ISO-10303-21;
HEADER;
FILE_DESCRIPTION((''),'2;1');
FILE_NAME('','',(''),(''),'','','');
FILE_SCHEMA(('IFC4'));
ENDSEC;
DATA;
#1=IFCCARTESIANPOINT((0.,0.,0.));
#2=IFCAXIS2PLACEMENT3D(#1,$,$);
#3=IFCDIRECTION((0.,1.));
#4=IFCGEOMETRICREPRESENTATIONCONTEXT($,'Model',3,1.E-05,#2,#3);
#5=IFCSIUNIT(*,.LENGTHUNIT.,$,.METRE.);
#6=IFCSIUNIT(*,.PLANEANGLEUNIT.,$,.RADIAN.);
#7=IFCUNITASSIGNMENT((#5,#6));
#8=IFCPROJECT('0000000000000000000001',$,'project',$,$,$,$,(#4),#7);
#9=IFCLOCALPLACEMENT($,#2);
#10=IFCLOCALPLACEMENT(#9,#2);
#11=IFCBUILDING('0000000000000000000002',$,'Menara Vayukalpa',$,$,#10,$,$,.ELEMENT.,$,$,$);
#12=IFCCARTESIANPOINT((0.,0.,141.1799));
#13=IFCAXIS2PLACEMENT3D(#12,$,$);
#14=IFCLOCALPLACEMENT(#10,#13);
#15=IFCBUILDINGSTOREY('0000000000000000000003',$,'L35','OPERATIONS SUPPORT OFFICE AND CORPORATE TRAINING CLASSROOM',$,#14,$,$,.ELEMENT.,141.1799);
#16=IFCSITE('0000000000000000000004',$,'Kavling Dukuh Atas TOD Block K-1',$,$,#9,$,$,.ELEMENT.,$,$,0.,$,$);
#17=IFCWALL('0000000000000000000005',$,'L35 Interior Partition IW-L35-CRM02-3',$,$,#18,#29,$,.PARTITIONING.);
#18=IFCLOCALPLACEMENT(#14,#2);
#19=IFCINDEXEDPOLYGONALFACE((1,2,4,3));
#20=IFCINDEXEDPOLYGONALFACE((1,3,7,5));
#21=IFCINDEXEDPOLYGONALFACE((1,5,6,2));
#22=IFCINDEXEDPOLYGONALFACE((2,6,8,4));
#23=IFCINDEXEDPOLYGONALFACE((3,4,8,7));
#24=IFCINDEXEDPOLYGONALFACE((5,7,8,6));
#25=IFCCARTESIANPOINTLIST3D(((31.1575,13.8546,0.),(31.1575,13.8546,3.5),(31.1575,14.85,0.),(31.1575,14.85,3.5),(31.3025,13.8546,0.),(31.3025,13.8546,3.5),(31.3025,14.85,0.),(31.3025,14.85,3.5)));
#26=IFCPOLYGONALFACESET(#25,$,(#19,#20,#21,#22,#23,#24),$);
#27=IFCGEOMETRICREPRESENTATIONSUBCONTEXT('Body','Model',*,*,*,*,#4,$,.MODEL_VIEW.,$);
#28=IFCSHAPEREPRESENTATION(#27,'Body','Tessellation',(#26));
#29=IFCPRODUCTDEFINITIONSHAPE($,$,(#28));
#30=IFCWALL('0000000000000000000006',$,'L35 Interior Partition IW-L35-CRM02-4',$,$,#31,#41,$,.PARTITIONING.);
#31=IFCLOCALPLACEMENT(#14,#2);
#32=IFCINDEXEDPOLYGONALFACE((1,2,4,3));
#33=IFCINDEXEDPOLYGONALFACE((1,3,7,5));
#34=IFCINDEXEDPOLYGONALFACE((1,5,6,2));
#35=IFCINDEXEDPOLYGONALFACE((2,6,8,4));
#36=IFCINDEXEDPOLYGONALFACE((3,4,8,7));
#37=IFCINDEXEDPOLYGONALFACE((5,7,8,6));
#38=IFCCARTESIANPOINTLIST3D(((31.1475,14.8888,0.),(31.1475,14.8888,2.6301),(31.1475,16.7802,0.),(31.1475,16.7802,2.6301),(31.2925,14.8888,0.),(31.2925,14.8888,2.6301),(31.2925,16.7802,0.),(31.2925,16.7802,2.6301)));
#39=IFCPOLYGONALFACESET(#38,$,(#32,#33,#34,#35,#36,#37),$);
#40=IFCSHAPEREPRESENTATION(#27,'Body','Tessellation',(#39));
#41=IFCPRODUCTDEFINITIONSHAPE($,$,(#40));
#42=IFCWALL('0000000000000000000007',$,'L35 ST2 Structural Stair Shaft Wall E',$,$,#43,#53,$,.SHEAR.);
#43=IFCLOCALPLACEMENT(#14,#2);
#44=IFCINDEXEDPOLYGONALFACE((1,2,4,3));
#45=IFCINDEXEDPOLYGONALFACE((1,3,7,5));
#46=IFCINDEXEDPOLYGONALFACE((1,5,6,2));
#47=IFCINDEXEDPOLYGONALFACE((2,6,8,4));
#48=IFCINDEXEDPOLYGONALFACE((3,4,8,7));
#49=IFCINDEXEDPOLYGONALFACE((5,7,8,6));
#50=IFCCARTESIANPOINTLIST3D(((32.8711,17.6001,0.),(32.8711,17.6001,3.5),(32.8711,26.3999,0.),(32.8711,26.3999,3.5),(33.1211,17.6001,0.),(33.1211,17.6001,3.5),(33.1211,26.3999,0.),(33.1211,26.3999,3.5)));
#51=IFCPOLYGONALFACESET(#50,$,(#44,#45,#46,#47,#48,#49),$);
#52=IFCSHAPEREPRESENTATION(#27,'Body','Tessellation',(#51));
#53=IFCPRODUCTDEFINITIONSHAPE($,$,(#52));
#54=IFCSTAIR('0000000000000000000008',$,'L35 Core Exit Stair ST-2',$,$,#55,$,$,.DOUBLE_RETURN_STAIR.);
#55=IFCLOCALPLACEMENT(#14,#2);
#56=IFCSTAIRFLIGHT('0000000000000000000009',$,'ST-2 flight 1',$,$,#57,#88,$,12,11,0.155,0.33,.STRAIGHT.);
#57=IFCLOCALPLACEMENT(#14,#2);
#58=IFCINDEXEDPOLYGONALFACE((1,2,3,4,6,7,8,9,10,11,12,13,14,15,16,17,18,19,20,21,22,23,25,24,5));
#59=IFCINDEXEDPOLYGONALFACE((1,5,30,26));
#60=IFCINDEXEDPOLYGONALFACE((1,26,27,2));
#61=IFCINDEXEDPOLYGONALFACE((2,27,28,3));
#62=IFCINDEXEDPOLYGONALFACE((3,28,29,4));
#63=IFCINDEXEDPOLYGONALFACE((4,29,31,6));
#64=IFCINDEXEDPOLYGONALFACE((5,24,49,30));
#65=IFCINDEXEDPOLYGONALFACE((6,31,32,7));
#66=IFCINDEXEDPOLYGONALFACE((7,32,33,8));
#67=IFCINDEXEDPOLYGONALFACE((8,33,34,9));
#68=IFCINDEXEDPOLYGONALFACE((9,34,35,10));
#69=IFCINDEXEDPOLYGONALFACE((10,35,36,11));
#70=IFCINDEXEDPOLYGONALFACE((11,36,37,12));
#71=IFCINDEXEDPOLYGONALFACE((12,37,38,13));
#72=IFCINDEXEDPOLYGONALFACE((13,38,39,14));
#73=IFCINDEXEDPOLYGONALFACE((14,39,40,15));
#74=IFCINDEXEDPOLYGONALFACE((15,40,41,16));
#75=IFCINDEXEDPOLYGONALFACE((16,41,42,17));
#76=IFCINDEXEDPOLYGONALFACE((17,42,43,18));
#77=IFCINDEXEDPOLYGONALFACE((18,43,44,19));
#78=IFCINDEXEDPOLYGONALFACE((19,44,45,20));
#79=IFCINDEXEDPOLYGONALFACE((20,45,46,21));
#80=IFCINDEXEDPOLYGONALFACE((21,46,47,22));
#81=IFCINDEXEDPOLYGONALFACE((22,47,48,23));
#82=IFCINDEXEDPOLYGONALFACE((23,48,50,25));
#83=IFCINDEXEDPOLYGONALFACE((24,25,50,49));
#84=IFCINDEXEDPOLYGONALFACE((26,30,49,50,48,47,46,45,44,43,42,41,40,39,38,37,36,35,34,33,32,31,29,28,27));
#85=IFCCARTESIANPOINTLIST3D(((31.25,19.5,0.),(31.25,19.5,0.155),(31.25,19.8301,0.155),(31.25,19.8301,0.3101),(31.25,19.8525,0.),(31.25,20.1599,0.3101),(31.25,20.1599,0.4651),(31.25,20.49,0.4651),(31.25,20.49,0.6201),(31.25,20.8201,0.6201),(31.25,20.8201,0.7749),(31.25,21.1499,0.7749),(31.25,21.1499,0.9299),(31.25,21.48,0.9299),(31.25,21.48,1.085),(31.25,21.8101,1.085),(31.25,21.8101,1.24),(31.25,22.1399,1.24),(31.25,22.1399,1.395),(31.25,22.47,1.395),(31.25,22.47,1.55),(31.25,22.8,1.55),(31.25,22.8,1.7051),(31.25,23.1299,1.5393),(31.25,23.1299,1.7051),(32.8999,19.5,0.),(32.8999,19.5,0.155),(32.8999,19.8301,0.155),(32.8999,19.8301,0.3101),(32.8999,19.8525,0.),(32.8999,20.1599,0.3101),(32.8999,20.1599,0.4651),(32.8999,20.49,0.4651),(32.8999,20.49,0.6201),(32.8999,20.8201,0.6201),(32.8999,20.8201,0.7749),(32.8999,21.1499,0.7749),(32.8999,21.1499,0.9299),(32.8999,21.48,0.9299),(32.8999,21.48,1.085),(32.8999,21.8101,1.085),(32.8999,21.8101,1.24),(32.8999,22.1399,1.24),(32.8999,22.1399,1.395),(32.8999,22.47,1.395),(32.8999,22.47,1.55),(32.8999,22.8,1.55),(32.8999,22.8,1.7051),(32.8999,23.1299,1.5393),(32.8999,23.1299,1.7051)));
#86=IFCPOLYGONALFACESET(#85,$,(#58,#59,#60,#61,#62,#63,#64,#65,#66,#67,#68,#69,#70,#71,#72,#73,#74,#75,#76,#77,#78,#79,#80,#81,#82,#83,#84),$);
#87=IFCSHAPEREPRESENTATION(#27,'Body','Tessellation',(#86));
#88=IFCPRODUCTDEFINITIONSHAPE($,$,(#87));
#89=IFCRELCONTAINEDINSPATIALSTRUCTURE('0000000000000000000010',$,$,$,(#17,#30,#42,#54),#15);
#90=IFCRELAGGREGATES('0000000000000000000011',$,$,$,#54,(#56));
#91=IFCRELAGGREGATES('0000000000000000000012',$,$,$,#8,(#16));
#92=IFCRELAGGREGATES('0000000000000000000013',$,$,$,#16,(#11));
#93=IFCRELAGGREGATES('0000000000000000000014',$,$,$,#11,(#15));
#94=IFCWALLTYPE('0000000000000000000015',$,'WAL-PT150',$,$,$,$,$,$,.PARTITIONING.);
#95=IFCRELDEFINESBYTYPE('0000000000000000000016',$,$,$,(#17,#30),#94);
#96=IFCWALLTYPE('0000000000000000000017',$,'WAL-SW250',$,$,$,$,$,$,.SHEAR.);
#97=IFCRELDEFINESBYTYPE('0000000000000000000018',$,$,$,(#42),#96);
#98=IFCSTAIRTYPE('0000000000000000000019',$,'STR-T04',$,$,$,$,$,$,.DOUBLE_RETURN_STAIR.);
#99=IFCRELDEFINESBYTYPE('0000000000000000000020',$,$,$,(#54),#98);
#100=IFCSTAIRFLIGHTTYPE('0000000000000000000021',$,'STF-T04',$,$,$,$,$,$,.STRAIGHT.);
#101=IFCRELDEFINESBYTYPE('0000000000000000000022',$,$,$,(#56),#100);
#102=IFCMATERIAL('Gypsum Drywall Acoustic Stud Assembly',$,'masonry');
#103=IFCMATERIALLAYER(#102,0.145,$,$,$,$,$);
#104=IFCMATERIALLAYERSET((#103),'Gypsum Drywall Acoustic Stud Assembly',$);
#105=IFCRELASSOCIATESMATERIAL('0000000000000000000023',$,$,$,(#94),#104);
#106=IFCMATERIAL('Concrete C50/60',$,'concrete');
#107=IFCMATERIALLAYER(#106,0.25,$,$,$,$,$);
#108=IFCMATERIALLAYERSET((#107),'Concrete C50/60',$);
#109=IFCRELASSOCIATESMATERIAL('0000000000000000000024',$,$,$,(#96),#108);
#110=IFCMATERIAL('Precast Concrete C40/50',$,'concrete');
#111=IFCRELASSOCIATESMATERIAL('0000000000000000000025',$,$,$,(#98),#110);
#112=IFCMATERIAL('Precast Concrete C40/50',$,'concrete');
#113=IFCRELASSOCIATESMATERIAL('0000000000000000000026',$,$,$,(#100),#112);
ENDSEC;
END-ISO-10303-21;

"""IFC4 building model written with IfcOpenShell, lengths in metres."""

from ifc_helpers import new_model, si_unit, direction, frame, frame_2d, origin, place, context, subcontext, project, spatial, polyline, rectangle, outline, extrude, material, layer, layer_set, type_object, element, aggregate, save


model = new_model("IFC4")

# Units and contexts
model_context = context("Model", 3, precision=1e-05, world=origin(), true_north=direction((0.0, 1.0)))
body_context = subcontext(model_context, "Body", "Model", "MODEL_VIEW")
ifc_project = project(units=[si_unit("LENGTHUNIT", "METRE"), si_unit("PLANEANGLEUNIT", "RADIAN")], contexts=[model_context])

# Site, building, storey
site_placement = place(None, origin())
site = spatial("IfcSite", under=ifc_project, at=site_placement, Name="Kavling Dukuh Atas TOD Block K-1", CompositionType="ELEMENT", RefElevation=0.0)
building_placement = place(site_placement, origin())
building = spatial("IfcBuilding", under=site, at=building_placement, Name="Menara Vayukalpa", CompositionType="ELEMENT")
storey_placement = place(building_placement, frame((0.0, 0.0, 141.1799)))
storey = spatial("IfcBuildingStorey", under=building, at=storey_placement, Name="L35", Description="OPERATIONS SUPPORT OFFICE AND CORPORATE TRAINING CLASSROOM", CompositionType="ELEMENT", Elevation=141.1799)

# Walls
ifc_material_1 = material(Name="Gypsum Drywall Acoustic Stud Assembly", Category="masonry")
ifc_layer_1 = layer(ifc_material_1, 0.145)
ifc_layer_set_1 = layer_set([ifc_layer_1], Name="Gypsum Drywall Acoustic Stud Assembly")
wall_type_1 = type_object("IfcWallType", Name="WAL-PT150", PredefinedType="PARTITIONING", material=ifc_layer_set_1)
wall_1_placement = place(storey_placement, frame((31.23, 13.8547, 0.0), z_axis=(0.0, 0.0, 1.0), x_axis=(0.0, 1.0, 0.0)))
element("IfcWall", 1, at=wall_1_placement, inside=storey, type_object=wall_type_1, Name="L35 Interior Partition IW-L35-CRM02-3", PredefinedType="PARTITIONING", context=body_context, shape_type="SweptSolid", body=[
    extrude(rectangle(XDim=0.9954, YDim=0.145, at=frame_2d((0.4976, 0.0))), origin(), (0.0, 0.0, 1.0), 3.5),
])
wall_2_placement = place(storey_placement, frame((31.22, 14.8887, 0.0), z_axis=(0.0, 0.0, 1.0), x_axis=(0.0, 1.0, 0.0)))
element("IfcWall", 2, at=wall_2_placement, inside=storey, type_object=wall_type_1, Name="L35 Interior Partition IW-L35-CRM02-4", PredefinedType="PARTITIONING", context=body_context, shape_type="SweptSolid", body=[
    extrude(rectangle(XDim=1.8914, YDim=0.145, at=frame_2d((0.9458, 0.0))), origin(), (0.0, 0.0, 1.0), 2.6301),
])
ifc_material_2 = material(Name="Concrete C50/60", Category="concrete")
ifc_layer_2 = layer(ifc_material_2, 0.25)
ifc_layer_set_2 = layer_set([ifc_layer_2], Name="Concrete C50/60")
wall_type_2 = type_object("IfcWallType", Name="WAL-SW250", PredefinedType="SHEAR", material=ifc_layer_set_2)
wall_3_placement = place(storey_placement, frame((32.9961, 17.6001, 0.0), z_axis=(0.0, 0.0, 1.0), x_axis=(0.0, 1.0, 0.0)))
element("IfcWall", 3, at=wall_3_placement, inside=storey, type_object=wall_type_2, Name="L35 ST2 Structural Stair Shaft Wall E", PredefinedType="SHEAR", context=body_context, shape_type="SweptSolid", body=[
    extrude(rectangle(XDim=8.7998, YDim=0.25, at=frame_2d((4.3999, 0.0))), origin(), (0.0, 0.0, 1.0), 3.5),
])

# Stair, stair flight
ifc_material_3 = material(Name="Precast Concrete C40/50", Category="concrete")
stair_type = type_object("IfcStairType", Name="STR-T04", PredefinedType="DOUBLE_RETURN_STAIR", material=ifc_material_3)
stair_placement = place(storey_placement, origin())
stair = element("IfcStair", 4, at=stair_placement, inside=storey, type_object=stair_type, Name="L35 Core Exit Stair ST-2", PredefinedType="DOUBLE_RETURN_STAIR")
ifc_material_4 = material(Name="Precast Concrete C40/50", Category="concrete")
stair_flight_type = type_object("IfcStairFlightType", Name="STF-T04", PredefinedType="STRAIGHT", material=ifc_material_4)
stair_flight_placement = place(storey_placement, frame((32.075, 19.5, 0.0), z_axis=(0.0, 0.0, 1.0), x_axis=(0.0, 1.0, 0.0)))
stair_flight = element("IfcStairFlight", 5, at=stair_flight_placement, type_object=stair_flight_type, Name="ST-2 flight 1", NumberOfRisers=12, NumberOfTreads=11, PredefinedType="STRAIGHT", RiserHeight=0.155, TreadLength=0.33, context=body_context, shape_type="SweptSolid", body=[
    extrude(outline(polyline([(0.0, 0.0), (0.0, 0.155), (0.3301, 0.155), (0.3301, 0.3101), (0.6599, 0.3101), (0.6599, 0.4651), (0.99, 0.4651), (0.99, 0.6201), (1.3201, 0.6201), (1.3201, 0.7749), (1.6499, 0.7749), (1.6499, 0.9299), (1.98, 0.9299), (1.98, 1.085), (2.3101, 1.085), (2.3101, 1.24), (2.6399, 1.24), (2.6399, 1.395), (2.97, 1.395), (2.97, 1.55), (3.3, 1.55), (3.3, 1.7051), (3.6299, 1.7051), (3.6299, 1.8601), (3.6299, 1.5393), (0.3525, 0.0), (0.0, 0.0)])), frame((0.0, 0.825, 0.0), z_axis=(0.0, -1.0, 0.0), x_axis=(1.0, 0.0, 0.0)), (0.0, 0.0, 1.0), 1.6499),
])
aggregate(stair, [stair_flight])

save(model, "model.ifc")
